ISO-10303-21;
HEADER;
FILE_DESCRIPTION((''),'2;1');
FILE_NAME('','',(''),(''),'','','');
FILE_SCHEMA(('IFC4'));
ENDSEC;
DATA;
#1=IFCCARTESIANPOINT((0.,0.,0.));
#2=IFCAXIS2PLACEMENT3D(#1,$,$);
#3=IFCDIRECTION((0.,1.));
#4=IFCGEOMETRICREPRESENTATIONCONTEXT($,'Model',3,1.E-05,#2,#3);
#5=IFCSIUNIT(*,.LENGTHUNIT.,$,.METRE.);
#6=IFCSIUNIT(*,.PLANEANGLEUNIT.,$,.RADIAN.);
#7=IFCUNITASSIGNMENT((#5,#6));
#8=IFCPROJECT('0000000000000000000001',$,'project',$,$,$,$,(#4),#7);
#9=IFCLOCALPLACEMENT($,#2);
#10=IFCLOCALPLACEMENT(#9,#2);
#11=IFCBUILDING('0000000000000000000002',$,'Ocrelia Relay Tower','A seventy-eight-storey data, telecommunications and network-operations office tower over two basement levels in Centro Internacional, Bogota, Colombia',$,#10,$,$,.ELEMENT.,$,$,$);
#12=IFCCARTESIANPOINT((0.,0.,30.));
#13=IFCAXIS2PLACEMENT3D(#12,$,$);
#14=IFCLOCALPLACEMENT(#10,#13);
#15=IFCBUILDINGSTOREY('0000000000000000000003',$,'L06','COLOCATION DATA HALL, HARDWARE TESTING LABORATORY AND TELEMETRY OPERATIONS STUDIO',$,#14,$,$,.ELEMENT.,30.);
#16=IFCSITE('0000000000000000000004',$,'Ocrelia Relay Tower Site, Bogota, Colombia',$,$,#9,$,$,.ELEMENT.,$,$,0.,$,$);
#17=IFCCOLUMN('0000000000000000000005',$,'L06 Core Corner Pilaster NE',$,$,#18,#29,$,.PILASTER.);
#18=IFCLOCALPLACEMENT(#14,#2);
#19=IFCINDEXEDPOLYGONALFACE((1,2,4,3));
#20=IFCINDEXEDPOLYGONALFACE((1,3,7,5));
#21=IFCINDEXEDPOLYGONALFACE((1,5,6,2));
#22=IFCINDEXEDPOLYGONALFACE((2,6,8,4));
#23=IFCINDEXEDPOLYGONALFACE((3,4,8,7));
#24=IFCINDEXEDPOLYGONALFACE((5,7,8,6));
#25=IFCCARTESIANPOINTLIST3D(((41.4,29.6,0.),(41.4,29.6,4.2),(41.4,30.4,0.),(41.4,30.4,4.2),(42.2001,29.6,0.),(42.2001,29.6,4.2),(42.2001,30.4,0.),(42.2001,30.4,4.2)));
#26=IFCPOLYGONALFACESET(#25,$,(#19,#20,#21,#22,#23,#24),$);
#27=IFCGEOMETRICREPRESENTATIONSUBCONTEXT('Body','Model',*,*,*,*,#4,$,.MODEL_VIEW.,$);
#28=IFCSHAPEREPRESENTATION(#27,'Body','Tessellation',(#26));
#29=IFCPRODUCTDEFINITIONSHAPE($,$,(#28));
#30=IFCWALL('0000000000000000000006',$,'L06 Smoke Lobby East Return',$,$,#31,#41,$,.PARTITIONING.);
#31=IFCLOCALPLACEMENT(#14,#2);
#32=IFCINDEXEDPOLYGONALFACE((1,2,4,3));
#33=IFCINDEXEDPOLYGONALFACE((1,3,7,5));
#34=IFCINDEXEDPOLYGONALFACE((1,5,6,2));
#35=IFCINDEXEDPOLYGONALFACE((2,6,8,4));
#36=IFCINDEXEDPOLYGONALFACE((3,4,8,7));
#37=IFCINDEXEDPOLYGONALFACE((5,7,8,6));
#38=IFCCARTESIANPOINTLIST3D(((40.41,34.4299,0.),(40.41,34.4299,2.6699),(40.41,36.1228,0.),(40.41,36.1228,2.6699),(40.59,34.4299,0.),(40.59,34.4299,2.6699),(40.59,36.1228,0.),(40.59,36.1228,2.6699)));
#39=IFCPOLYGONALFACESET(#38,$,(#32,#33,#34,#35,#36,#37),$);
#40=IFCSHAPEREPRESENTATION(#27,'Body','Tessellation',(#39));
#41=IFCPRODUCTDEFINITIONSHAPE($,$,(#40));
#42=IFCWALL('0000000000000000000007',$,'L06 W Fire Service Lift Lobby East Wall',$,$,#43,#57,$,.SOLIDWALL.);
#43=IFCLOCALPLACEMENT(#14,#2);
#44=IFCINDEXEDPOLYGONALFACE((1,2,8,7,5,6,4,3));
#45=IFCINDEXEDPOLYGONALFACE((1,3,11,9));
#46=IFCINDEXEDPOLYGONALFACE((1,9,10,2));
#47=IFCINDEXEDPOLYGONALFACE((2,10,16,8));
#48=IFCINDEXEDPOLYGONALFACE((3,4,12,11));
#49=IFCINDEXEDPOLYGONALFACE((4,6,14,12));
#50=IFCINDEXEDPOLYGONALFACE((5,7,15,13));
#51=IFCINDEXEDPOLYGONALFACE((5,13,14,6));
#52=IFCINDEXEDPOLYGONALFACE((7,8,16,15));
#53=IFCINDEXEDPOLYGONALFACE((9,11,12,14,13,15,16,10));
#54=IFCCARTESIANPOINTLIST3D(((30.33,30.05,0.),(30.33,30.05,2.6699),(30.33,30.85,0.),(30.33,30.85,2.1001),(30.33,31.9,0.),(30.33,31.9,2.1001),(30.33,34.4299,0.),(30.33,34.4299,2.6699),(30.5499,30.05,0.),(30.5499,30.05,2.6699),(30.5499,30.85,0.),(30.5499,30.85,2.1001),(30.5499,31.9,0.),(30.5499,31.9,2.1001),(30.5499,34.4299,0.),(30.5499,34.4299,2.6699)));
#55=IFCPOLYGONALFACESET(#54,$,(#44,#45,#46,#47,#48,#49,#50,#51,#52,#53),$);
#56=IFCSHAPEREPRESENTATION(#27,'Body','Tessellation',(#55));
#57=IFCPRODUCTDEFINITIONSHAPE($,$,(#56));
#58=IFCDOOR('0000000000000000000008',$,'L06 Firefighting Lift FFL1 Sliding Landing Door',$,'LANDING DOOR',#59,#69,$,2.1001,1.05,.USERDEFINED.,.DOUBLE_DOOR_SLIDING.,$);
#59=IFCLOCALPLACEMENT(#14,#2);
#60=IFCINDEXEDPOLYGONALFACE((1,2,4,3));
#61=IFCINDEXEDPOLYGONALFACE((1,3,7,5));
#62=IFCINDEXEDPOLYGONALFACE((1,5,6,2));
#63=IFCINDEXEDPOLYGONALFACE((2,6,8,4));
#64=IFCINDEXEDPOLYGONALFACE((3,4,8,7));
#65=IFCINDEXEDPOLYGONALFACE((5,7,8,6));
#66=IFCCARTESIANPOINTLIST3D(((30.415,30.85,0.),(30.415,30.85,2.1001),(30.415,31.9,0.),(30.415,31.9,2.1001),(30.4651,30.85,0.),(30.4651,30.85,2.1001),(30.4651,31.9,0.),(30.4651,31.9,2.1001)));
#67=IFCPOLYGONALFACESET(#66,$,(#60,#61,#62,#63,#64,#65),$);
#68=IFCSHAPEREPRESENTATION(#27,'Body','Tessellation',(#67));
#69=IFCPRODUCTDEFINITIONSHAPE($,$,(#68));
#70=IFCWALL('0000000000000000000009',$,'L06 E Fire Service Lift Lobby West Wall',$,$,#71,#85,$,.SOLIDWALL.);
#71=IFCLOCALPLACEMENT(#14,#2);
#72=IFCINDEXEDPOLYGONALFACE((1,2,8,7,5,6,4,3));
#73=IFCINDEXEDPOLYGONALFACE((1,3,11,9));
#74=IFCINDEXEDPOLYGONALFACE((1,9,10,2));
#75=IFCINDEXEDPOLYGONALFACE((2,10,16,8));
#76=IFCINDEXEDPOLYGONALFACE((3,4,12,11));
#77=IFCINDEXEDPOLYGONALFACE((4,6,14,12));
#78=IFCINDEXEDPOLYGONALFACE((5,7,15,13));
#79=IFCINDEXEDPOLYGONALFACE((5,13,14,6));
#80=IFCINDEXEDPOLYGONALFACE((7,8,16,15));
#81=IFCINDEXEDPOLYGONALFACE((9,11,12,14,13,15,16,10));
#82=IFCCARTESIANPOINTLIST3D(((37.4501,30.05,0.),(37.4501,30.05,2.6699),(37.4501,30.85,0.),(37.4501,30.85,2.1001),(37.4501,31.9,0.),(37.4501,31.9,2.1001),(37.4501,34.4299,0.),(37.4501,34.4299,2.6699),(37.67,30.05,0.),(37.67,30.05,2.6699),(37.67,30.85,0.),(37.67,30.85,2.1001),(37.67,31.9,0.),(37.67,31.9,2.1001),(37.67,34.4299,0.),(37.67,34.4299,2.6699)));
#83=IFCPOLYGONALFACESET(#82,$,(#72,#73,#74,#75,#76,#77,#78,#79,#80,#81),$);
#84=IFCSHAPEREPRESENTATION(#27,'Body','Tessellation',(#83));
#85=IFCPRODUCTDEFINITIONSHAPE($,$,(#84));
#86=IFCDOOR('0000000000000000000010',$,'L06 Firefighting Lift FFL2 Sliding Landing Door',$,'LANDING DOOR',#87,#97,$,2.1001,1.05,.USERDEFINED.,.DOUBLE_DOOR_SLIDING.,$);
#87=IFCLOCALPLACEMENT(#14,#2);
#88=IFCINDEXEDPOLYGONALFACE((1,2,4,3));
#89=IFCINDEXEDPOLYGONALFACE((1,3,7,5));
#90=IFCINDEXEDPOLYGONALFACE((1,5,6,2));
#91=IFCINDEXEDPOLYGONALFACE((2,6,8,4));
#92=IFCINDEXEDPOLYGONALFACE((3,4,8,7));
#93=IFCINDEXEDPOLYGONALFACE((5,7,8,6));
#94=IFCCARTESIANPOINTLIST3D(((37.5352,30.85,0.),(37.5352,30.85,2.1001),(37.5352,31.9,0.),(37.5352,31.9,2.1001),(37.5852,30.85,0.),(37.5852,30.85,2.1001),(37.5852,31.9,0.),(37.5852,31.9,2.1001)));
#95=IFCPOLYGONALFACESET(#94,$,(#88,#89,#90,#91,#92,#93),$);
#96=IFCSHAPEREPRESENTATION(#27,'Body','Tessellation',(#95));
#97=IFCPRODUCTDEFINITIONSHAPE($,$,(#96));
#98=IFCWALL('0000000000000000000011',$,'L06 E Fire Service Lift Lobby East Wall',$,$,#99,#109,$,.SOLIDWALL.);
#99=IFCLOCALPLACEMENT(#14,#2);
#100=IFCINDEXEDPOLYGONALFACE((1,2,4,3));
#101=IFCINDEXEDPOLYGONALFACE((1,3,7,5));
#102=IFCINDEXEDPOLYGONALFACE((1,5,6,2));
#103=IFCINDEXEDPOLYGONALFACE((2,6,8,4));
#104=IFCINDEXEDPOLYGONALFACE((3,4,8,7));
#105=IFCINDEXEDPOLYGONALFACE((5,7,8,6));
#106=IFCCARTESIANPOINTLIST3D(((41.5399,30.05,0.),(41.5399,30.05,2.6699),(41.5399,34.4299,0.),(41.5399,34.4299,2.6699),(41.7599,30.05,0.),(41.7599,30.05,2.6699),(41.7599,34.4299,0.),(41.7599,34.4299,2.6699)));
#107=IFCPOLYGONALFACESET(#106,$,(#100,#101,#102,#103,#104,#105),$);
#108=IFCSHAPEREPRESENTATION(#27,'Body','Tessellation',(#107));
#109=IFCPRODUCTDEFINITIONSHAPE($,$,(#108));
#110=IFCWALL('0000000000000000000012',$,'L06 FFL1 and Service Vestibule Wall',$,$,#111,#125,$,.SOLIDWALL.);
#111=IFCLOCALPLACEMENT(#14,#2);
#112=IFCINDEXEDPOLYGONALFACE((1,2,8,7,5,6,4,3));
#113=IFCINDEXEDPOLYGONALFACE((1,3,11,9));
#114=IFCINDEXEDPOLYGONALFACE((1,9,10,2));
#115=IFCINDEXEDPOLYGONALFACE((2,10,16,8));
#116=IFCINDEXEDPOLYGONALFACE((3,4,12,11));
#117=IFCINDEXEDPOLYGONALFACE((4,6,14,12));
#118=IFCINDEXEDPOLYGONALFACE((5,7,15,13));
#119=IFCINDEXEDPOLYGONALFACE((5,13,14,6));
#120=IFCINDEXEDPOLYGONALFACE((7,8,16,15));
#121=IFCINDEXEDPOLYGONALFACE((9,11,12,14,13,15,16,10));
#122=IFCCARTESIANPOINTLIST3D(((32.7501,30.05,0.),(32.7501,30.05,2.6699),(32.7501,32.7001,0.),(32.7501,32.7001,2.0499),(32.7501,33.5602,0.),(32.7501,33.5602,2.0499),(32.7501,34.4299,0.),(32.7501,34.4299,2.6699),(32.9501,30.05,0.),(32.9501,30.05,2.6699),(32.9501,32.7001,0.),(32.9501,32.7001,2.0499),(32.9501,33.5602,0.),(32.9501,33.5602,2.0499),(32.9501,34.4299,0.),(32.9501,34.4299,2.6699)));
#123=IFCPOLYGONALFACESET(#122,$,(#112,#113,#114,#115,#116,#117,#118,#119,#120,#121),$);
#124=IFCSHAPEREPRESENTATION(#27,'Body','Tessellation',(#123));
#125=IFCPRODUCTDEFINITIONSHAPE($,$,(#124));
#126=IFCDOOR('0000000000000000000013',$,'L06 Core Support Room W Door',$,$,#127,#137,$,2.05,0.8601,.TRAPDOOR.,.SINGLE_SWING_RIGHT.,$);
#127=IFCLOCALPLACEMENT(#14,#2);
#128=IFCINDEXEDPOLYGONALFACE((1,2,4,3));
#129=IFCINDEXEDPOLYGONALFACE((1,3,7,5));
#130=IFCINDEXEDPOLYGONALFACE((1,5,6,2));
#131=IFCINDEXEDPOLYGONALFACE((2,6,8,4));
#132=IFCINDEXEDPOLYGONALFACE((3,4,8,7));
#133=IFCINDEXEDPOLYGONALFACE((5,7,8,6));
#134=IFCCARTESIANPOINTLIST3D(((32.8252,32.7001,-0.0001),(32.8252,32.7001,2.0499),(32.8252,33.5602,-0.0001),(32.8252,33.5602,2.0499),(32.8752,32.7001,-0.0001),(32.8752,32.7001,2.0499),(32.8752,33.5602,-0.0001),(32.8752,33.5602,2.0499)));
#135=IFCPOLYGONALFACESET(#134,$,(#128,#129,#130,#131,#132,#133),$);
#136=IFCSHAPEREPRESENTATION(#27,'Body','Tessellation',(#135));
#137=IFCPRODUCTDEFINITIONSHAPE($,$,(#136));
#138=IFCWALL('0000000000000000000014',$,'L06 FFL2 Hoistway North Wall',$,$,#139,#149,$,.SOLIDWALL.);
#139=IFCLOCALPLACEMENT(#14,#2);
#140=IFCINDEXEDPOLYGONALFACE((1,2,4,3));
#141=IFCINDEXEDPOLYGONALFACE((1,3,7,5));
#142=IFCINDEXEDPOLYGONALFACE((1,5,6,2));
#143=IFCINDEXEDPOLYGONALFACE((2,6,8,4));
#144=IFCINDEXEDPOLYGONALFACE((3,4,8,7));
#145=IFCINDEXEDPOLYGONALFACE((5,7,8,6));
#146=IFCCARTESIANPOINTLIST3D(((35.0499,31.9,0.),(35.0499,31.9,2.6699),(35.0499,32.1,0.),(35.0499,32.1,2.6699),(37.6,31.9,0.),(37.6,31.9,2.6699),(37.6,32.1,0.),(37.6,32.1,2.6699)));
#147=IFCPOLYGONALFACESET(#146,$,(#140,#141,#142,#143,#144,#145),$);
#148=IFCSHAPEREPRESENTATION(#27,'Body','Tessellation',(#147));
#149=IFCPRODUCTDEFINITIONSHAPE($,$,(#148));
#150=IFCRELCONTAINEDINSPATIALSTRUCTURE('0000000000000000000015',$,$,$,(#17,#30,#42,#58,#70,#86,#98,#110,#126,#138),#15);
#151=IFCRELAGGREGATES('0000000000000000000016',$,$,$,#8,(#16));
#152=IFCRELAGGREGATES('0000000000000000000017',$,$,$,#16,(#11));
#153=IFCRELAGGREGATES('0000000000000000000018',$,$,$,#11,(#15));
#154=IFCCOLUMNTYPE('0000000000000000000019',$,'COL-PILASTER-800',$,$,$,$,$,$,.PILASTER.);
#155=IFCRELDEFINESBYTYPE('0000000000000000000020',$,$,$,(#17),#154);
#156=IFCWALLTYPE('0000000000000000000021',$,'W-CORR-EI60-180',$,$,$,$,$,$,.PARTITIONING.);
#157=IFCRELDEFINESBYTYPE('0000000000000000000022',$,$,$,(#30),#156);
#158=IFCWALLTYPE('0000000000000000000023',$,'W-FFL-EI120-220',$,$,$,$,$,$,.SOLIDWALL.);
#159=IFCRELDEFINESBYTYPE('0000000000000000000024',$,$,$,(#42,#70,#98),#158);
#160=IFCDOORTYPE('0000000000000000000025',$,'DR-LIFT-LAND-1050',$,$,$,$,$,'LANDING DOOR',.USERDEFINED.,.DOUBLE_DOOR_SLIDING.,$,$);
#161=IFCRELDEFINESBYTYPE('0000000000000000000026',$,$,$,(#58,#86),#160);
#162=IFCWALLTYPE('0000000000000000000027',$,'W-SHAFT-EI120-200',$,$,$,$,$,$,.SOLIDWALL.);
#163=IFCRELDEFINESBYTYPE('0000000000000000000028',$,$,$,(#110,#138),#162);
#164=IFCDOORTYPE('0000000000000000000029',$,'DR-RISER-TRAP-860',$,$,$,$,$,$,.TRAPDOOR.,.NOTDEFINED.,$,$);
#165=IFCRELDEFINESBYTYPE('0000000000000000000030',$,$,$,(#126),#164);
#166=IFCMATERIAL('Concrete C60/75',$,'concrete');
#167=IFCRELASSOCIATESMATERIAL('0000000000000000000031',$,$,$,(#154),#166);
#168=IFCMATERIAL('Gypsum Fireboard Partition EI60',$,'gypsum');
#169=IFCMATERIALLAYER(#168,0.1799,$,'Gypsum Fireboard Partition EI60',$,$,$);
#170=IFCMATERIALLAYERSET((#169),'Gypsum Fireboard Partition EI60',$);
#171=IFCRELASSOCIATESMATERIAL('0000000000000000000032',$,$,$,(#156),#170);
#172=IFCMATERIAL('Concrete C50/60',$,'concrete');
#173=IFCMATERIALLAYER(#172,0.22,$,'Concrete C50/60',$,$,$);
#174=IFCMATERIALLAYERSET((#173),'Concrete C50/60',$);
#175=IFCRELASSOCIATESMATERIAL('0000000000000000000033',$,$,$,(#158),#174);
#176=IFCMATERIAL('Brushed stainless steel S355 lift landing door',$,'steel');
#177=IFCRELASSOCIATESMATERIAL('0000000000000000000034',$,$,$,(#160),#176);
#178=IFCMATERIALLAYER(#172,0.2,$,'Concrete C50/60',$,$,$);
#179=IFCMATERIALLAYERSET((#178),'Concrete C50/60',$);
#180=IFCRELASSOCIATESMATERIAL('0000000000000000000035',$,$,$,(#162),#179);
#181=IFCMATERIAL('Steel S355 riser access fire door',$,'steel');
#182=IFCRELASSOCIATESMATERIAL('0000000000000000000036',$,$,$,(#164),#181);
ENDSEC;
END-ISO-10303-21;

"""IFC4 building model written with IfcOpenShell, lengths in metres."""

from ifc_helpers import new_model, si_unit, direction, frame, frame_2d, origin, origin_2d, place, context, subcontext, project, spatial, rectangle, extrude, material, layer, layer_set, material_profile, profile_set, type_object, element, fill, save


model = new_model("IFC4")

# Units and contexts
model_context = context("Model", 3, precision=1e-05, world=origin(), true_north=direction((0.0, 1.0)))
body_context = subcontext(model_context, "Body", "Model", "MODEL_VIEW")
ifc_project = project(units=[si_unit("LENGTHUNIT", "METRE"), si_unit("PLANEANGLEUNIT", "RADIAN")], contexts=[model_context])

# Site, building, storey
site_placement = place(None, origin())
site = spatial("IfcSite", under=ifc_project, at=site_placement, Name="Ocrelia Relay Tower Site, Bogota, Colombia", CompositionType="ELEMENT", RefElevation=0.0)
building_placement = place(site_placement, origin())
building = spatial("IfcBuilding", under=site, at=building_placement, Name="Ocrelia Relay Tower", Description="A seventy-eight-storey data, telecommunications and network-operations office tower over two basement levels in Centro Internacional, Bogota, Colombia", CompositionType="ELEMENT")
storey_placement = place(building_placement, frame((0.0, 0.0, 30.0)))
storey = spatial("IfcBuildingStorey", under=building, at=storey_placement, Name="L06", Description="COLOCATION DATA HALL, HARDWARE TESTING LABORATORY AND TELEMETRY OPERATIONS STUDIO", CompositionType="ELEMENT", Elevation=30.0)

# Column
ifc_material_1 = material(Name="Concrete C60/75", Category="concrete")
ifc_material_profile = material_profile(ifc_material_1, rectangle(XDim=0.8, YDim=0.8, at=origin_2d()), Name="RC-COL-800x800")
ifc_profile_set = profile_set([ifc_material_profile], Name="Concrete C60/75")
column_type = type_object("IfcColumnType", Name="COL-PILASTER-800", PredefinedType="PILASTER", material=ifc_profile_set)
column_placement = place(storey_placement, frame((41.8, 30.0, 0.0), z_axis=(0.0, 0.0, 1.0), x_axis=(1.0, 0.0, 0.0)))
element("IfcColumn", 1, at=column_placement, inside=storey, type_object=column_type, Name="L06 Core Corner Pilaster NE", PredefinedType="PILASTER", context=body_context, shape_type="SweptSolid", body=[
    extrude(rectangle(XDim=0.8, YDim=0.8, at=origin_2d()), origin(), (0.0, 0.0, 1.0), 4.2),
])

# Wall
ifc_material_2 = material(Name="Gypsum Fireboard Partition EI60", Category="gypsum")
ifc_layer_1 = layer(ifc_material_2, 0.1799, Name="Gypsum Fireboard Partition EI60")
ifc_layer_set_1 = layer_set([ifc_layer_1], Name="Gypsum Fireboard Partition EI60")
wall_type_1 = type_object("IfcWallType", Name="W-CORR-EI60-180", PredefinedType="PARTITIONING", material=ifc_layer_set_1)
wall_1_placement = place(storey_placement, frame((40.5, 36.1228, 0.0), z_axis=(0.0, 0.0, 1.0), x_axis=(0.0, -1.0, 0.0)))
element("IfcWall", 2, at=wall_1_placement, inside=storey, type_object=wall_type_1, Name="L06 Smoke Lobby East Return", PredefinedType="PARTITIONING", context=body_context, shape_type="SweptSolid", body=[
    extrude(rectangle(XDim=1.6929, YDim=0.1799, at=frame_2d((0.8464, 0.0))), origin(), (0.0, 0.0, 1.0), 2.6699),
])

# Walls, openings, doors
ifc_material_3 = material(Name="Concrete C50/60", Category="concrete")
ifc_layer_2 = layer(ifc_material_3, 0.22, Name="Concrete C50/60")
ifc_layer_set_2 = layer_set([ifc_layer_2], Name="Concrete C50/60")
wall_type_2 = type_object("IfcWallType", Name="W-FFL-EI120-220", PredefinedType="SOLIDWALL", material=ifc_layer_set_2)
wall_2_placement = place(storey_placement, frame((30.4399, 30.05, 0.0), z_axis=(0.0, 0.0, 1.0), x_axis=(0.0, 1.0, 0.0)))
wall_2 = element("IfcWall", 3, at=wall_2_placement, inside=storey, type_object=wall_type_2, Name="L06 W Fire Service Lift Lobby East Wall", PredefinedType="SOLIDWALL", context=body_context, shape_type="SweptSolid", body=[
    extrude(rectangle(XDim=4.3799, YDim=0.22, at=frame_2d((2.1899, 0.0))), origin(), (0.0, 0.0, 1.0), 2.6699),
])
opening_1_placement = place(wall_2_placement, frame((0.8, 0.0, 0.0)))
opening_1 = element("IfcOpeningElement", 4, at=opening_1_placement, cuts=wall_2, PredefinedType="OPENING", context=body_context, shape_type="SweptSolid", body=[
    extrude(rectangle(XDim=1.05, YDim=2.1001, at=frame_2d((0.5249, 1.05))), frame((0.0, 0.1201, 0.0), z_axis=(0.0, -1.0, 0.0), x_axis=(1.0, 0.0, 0.0)), (0.0, 0.0, 1.0), 0.24),
])
ifc_material_4 = material(Name="Brushed stainless steel S355 lift landing door", Category="steel")
door_type_1 = type_object("IfcDoorType", Name="DR-LIFT-LAND-1050", ElementType="LANDING DOOR", OperationType="DOUBLE_DOOR_SLIDING", PredefinedType="USERDEFINED", material=ifc_material_4)
door_1_placement = place(opening_1_placement, origin())
door_1 = element("IfcDoor", 5, at=door_1_placement, inside=storey, type_object=door_type_1, Name="L06 Firefighting Lift FFL1 Sliding Landing Door", ObjectType="LANDING DOOR", OperationType="DOUBLE_DOOR_SLIDING", OverallHeight=2.1001, OverallWidth=1.05, PredefinedType="USERDEFINED", context=body_context, shape_type="SweptSolid", body=[
    extrude(rectangle(XDim=1.05, YDim=2.1001, at=frame_2d((0.5249, 1.05))), frame((0.0, 0.0249, 0.0), z_axis=(0.0, -1.0, 0.0), x_axis=(1.0, 0.0, 0.0)), (0.0, 0.0, 1.0), 0.05),
])
fill(opening_1, door_1)
wall_3_placement = place(storey_placement, frame((37.5601, 30.05, 0.0), z_axis=(0.0, 0.0, 1.0), x_axis=(0.0, 1.0, 0.0)))
wall_3 = element("IfcWall", 6, at=wall_3_placement, inside=storey, type_object=wall_type_2, Name="L06 E Fire Service Lift Lobby West Wall", PredefinedType="SOLIDWALL", context=body_context, shape_type="SweptSolid", body=[
    extrude(rectangle(XDim=4.3799, YDim=0.22, at=frame_2d((2.1899, 0.0))), origin(), (0.0, 0.0, 1.0), 2.6699),
])
opening_2_placement = place(wall_3_placement, frame((0.8, 0.0, 0.0)))
opening_2 = element("IfcOpeningElement", 7, at=opening_2_placement, cuts=wall_3, PredefinedType="OPENING", context=body_context, shape_type="SweptSolid", body=[
    extrude(rectangle(XDim=1.05, YDim=2.1001, at=frame_2d((0.5249, 1.05))), frame((0.0, 0.1201, 0.0), z_axis=(0.0, -1.0, 0.0), x_axis=(1.0, 0.0, 0.0)), (0.0, 0.0, 1.0), 0.24),
])
door_2_placement = place(opening_2_placement, origin())
door_2 = element("IfcDoor", 8, at=door_2_placement, inside=storey, type_object=door_type_1, Name="L06 Firefighting Lift FFL2 Sliding Landing Door", ObjectType="LANDING DOOR", OperationType="DOUBLE_DOOR_SLIDING", OverallHeight=2.1001, OverallWidth=1.05, PredefinedType="USERDEFINED", context=body_context, shape_type="SweptSolid", body=[
    extrude(rectangle(XDim=1.05, YDim=2.1001, at=frame_2d((0.5249, 1.05))), frame((0.0, 0.0249, 0.0), z_axis=(0.0, -1.0, 0.0), x_axis=(1.0, 0.0, 0.0)), (0.0, 0.0, 1.0), 0.05),
])
fill(opening_2, door_2)

# Wall
wall_4_placement = place(storey_placement, frame((41.6499, 30.05, 0.0), z_axis=(0.0, 0.0, 1.0), x_axis=(0.0, 1.0, 0.0)))
element("IfcWall", 9, at=wall_4_placement, inside=storey, type_object=wall_type_2, Name="L06 E Fire Service Lift Lobby East Wall", PredefinedType="SOLIDWALL", context=body_context, shape_type="SweptSolid", body=[
    extrude(rectangle(XDim=4.3799, YDim=0.22, at=frame_2d((2.1899, 0.0))), origin(), (0.0, 0.0, 1.0), 2.6699),
])

# Wall, opening, door
ifc_layer_3 = layer(ifc_material_3, 0.2, Name="Concrete C50/60")
ifc_layer_set_3 = layer_set([ifc_layer_3], Name="Concrete C50/60")
wall_type_3 = type_object("IfcWallType", Name="W-SHAFT-EI120-200", PredefinedType="SOLIDWALL", material=ifc_layer_set_3)
wall_5_placement = place(storey_placement, frame((32.8501, 30.05, 0.0), z_axis=(0.0, 0.0, 1.0), x_axis=(0.0, 1.0, 0.0)))
wall_5 = element("IfcWall", 10, at=wall_5_placement, inside=storey, type_object=wall_type_3, Name="L06 FFL1 and Service Vestibule Wall", PredefinedType="SOLIDWALL", context=body_context, shape_type="SweptSolid", body=[
    extrude(rectangle(XDim=4.3799, YDim=0.2, at=frame_2d((2.1899, 0.0))), origin(), (0.0, 0.0, 1.0), 2.6699),
])
opening_3_placement = place(wall_5_placement, frame((2.6499, 0.0, 0.0)))
opening_3 = element("IfcOpeningElement", 11, at=opening_3_placement, cuts=wall_5, PredefinedType="OPENING", context=body_context, shape_type="SweptSolid", body=[
    extrude(rectangle(XDim=0.8601, YDim=2.05, at=frame_2d((0.4302, 1.0249))), frame((0.0, 0.1099, 0.0), z_axis=(0.0, -1.0, 0.0), x_axis=(1.0, 0.0, 0.0)), (0.0, 0.0, 1.0), 0.22),
])
ifc_material_5 = material(Name="Steel S355 riser access fire door", Category="steel")
door_type_2 = type_object("IfcDoorType", Name="DR-RISER-TRAP-860", OperationType="NOTDEFINED", PredefinedType="TRAPDOOR", material=ifc_material_5)
door_3_placement = place(opening_3_placement, origin())
door_3 = element("IfcDoor", 12, at=door_3_placement, inside=storey, type_object=door_type_2, Name="L06 Core Support Room W Door", OperationType="SINGLE_SWING_RIGHT", OverallHeight=2.05, OverallWidth=0.8601, PredefinedType="TRAPDOOR", context=body_context, shape_type="SweptSolid", body=[
    extrude(rectangle(XDim=0.8601, YDim=2.05, at=frame_2d((0.4302, 1.0249))), frame((0.0, 0.0249, 0.0), z_axis=(0.0, -1.0, 0.0), x_axis=(1.0, 0.0, 0.0)), (0.0, 0.0, 1.0), 0.05),
])
fill(opening_3, door_3)

# Wall
wall_6_placement = place(storey_placement, frame((35.05, 32.0, 0.0), z_axis=(0.0, 0.0, 1.0), x_axis=(1.0, 0.0, 0.0)))
element("IfcWall", 13, at=wall_6_placement, inside=storey, type_object=wall_type_3, Name="L06 FFL2 Hoistway North Wall", PredefinedType="SOLIDWALL", context=body_context, shape_type="SweptSolid", body=[
    extrude(rectangle(XDim=2.55, YDim=0.2, at=frame_2d((1.2749, 0.0))), origin(), (0.0, 0.0, 1.0), 2.6699),
])

save(model, "model.ifc")
